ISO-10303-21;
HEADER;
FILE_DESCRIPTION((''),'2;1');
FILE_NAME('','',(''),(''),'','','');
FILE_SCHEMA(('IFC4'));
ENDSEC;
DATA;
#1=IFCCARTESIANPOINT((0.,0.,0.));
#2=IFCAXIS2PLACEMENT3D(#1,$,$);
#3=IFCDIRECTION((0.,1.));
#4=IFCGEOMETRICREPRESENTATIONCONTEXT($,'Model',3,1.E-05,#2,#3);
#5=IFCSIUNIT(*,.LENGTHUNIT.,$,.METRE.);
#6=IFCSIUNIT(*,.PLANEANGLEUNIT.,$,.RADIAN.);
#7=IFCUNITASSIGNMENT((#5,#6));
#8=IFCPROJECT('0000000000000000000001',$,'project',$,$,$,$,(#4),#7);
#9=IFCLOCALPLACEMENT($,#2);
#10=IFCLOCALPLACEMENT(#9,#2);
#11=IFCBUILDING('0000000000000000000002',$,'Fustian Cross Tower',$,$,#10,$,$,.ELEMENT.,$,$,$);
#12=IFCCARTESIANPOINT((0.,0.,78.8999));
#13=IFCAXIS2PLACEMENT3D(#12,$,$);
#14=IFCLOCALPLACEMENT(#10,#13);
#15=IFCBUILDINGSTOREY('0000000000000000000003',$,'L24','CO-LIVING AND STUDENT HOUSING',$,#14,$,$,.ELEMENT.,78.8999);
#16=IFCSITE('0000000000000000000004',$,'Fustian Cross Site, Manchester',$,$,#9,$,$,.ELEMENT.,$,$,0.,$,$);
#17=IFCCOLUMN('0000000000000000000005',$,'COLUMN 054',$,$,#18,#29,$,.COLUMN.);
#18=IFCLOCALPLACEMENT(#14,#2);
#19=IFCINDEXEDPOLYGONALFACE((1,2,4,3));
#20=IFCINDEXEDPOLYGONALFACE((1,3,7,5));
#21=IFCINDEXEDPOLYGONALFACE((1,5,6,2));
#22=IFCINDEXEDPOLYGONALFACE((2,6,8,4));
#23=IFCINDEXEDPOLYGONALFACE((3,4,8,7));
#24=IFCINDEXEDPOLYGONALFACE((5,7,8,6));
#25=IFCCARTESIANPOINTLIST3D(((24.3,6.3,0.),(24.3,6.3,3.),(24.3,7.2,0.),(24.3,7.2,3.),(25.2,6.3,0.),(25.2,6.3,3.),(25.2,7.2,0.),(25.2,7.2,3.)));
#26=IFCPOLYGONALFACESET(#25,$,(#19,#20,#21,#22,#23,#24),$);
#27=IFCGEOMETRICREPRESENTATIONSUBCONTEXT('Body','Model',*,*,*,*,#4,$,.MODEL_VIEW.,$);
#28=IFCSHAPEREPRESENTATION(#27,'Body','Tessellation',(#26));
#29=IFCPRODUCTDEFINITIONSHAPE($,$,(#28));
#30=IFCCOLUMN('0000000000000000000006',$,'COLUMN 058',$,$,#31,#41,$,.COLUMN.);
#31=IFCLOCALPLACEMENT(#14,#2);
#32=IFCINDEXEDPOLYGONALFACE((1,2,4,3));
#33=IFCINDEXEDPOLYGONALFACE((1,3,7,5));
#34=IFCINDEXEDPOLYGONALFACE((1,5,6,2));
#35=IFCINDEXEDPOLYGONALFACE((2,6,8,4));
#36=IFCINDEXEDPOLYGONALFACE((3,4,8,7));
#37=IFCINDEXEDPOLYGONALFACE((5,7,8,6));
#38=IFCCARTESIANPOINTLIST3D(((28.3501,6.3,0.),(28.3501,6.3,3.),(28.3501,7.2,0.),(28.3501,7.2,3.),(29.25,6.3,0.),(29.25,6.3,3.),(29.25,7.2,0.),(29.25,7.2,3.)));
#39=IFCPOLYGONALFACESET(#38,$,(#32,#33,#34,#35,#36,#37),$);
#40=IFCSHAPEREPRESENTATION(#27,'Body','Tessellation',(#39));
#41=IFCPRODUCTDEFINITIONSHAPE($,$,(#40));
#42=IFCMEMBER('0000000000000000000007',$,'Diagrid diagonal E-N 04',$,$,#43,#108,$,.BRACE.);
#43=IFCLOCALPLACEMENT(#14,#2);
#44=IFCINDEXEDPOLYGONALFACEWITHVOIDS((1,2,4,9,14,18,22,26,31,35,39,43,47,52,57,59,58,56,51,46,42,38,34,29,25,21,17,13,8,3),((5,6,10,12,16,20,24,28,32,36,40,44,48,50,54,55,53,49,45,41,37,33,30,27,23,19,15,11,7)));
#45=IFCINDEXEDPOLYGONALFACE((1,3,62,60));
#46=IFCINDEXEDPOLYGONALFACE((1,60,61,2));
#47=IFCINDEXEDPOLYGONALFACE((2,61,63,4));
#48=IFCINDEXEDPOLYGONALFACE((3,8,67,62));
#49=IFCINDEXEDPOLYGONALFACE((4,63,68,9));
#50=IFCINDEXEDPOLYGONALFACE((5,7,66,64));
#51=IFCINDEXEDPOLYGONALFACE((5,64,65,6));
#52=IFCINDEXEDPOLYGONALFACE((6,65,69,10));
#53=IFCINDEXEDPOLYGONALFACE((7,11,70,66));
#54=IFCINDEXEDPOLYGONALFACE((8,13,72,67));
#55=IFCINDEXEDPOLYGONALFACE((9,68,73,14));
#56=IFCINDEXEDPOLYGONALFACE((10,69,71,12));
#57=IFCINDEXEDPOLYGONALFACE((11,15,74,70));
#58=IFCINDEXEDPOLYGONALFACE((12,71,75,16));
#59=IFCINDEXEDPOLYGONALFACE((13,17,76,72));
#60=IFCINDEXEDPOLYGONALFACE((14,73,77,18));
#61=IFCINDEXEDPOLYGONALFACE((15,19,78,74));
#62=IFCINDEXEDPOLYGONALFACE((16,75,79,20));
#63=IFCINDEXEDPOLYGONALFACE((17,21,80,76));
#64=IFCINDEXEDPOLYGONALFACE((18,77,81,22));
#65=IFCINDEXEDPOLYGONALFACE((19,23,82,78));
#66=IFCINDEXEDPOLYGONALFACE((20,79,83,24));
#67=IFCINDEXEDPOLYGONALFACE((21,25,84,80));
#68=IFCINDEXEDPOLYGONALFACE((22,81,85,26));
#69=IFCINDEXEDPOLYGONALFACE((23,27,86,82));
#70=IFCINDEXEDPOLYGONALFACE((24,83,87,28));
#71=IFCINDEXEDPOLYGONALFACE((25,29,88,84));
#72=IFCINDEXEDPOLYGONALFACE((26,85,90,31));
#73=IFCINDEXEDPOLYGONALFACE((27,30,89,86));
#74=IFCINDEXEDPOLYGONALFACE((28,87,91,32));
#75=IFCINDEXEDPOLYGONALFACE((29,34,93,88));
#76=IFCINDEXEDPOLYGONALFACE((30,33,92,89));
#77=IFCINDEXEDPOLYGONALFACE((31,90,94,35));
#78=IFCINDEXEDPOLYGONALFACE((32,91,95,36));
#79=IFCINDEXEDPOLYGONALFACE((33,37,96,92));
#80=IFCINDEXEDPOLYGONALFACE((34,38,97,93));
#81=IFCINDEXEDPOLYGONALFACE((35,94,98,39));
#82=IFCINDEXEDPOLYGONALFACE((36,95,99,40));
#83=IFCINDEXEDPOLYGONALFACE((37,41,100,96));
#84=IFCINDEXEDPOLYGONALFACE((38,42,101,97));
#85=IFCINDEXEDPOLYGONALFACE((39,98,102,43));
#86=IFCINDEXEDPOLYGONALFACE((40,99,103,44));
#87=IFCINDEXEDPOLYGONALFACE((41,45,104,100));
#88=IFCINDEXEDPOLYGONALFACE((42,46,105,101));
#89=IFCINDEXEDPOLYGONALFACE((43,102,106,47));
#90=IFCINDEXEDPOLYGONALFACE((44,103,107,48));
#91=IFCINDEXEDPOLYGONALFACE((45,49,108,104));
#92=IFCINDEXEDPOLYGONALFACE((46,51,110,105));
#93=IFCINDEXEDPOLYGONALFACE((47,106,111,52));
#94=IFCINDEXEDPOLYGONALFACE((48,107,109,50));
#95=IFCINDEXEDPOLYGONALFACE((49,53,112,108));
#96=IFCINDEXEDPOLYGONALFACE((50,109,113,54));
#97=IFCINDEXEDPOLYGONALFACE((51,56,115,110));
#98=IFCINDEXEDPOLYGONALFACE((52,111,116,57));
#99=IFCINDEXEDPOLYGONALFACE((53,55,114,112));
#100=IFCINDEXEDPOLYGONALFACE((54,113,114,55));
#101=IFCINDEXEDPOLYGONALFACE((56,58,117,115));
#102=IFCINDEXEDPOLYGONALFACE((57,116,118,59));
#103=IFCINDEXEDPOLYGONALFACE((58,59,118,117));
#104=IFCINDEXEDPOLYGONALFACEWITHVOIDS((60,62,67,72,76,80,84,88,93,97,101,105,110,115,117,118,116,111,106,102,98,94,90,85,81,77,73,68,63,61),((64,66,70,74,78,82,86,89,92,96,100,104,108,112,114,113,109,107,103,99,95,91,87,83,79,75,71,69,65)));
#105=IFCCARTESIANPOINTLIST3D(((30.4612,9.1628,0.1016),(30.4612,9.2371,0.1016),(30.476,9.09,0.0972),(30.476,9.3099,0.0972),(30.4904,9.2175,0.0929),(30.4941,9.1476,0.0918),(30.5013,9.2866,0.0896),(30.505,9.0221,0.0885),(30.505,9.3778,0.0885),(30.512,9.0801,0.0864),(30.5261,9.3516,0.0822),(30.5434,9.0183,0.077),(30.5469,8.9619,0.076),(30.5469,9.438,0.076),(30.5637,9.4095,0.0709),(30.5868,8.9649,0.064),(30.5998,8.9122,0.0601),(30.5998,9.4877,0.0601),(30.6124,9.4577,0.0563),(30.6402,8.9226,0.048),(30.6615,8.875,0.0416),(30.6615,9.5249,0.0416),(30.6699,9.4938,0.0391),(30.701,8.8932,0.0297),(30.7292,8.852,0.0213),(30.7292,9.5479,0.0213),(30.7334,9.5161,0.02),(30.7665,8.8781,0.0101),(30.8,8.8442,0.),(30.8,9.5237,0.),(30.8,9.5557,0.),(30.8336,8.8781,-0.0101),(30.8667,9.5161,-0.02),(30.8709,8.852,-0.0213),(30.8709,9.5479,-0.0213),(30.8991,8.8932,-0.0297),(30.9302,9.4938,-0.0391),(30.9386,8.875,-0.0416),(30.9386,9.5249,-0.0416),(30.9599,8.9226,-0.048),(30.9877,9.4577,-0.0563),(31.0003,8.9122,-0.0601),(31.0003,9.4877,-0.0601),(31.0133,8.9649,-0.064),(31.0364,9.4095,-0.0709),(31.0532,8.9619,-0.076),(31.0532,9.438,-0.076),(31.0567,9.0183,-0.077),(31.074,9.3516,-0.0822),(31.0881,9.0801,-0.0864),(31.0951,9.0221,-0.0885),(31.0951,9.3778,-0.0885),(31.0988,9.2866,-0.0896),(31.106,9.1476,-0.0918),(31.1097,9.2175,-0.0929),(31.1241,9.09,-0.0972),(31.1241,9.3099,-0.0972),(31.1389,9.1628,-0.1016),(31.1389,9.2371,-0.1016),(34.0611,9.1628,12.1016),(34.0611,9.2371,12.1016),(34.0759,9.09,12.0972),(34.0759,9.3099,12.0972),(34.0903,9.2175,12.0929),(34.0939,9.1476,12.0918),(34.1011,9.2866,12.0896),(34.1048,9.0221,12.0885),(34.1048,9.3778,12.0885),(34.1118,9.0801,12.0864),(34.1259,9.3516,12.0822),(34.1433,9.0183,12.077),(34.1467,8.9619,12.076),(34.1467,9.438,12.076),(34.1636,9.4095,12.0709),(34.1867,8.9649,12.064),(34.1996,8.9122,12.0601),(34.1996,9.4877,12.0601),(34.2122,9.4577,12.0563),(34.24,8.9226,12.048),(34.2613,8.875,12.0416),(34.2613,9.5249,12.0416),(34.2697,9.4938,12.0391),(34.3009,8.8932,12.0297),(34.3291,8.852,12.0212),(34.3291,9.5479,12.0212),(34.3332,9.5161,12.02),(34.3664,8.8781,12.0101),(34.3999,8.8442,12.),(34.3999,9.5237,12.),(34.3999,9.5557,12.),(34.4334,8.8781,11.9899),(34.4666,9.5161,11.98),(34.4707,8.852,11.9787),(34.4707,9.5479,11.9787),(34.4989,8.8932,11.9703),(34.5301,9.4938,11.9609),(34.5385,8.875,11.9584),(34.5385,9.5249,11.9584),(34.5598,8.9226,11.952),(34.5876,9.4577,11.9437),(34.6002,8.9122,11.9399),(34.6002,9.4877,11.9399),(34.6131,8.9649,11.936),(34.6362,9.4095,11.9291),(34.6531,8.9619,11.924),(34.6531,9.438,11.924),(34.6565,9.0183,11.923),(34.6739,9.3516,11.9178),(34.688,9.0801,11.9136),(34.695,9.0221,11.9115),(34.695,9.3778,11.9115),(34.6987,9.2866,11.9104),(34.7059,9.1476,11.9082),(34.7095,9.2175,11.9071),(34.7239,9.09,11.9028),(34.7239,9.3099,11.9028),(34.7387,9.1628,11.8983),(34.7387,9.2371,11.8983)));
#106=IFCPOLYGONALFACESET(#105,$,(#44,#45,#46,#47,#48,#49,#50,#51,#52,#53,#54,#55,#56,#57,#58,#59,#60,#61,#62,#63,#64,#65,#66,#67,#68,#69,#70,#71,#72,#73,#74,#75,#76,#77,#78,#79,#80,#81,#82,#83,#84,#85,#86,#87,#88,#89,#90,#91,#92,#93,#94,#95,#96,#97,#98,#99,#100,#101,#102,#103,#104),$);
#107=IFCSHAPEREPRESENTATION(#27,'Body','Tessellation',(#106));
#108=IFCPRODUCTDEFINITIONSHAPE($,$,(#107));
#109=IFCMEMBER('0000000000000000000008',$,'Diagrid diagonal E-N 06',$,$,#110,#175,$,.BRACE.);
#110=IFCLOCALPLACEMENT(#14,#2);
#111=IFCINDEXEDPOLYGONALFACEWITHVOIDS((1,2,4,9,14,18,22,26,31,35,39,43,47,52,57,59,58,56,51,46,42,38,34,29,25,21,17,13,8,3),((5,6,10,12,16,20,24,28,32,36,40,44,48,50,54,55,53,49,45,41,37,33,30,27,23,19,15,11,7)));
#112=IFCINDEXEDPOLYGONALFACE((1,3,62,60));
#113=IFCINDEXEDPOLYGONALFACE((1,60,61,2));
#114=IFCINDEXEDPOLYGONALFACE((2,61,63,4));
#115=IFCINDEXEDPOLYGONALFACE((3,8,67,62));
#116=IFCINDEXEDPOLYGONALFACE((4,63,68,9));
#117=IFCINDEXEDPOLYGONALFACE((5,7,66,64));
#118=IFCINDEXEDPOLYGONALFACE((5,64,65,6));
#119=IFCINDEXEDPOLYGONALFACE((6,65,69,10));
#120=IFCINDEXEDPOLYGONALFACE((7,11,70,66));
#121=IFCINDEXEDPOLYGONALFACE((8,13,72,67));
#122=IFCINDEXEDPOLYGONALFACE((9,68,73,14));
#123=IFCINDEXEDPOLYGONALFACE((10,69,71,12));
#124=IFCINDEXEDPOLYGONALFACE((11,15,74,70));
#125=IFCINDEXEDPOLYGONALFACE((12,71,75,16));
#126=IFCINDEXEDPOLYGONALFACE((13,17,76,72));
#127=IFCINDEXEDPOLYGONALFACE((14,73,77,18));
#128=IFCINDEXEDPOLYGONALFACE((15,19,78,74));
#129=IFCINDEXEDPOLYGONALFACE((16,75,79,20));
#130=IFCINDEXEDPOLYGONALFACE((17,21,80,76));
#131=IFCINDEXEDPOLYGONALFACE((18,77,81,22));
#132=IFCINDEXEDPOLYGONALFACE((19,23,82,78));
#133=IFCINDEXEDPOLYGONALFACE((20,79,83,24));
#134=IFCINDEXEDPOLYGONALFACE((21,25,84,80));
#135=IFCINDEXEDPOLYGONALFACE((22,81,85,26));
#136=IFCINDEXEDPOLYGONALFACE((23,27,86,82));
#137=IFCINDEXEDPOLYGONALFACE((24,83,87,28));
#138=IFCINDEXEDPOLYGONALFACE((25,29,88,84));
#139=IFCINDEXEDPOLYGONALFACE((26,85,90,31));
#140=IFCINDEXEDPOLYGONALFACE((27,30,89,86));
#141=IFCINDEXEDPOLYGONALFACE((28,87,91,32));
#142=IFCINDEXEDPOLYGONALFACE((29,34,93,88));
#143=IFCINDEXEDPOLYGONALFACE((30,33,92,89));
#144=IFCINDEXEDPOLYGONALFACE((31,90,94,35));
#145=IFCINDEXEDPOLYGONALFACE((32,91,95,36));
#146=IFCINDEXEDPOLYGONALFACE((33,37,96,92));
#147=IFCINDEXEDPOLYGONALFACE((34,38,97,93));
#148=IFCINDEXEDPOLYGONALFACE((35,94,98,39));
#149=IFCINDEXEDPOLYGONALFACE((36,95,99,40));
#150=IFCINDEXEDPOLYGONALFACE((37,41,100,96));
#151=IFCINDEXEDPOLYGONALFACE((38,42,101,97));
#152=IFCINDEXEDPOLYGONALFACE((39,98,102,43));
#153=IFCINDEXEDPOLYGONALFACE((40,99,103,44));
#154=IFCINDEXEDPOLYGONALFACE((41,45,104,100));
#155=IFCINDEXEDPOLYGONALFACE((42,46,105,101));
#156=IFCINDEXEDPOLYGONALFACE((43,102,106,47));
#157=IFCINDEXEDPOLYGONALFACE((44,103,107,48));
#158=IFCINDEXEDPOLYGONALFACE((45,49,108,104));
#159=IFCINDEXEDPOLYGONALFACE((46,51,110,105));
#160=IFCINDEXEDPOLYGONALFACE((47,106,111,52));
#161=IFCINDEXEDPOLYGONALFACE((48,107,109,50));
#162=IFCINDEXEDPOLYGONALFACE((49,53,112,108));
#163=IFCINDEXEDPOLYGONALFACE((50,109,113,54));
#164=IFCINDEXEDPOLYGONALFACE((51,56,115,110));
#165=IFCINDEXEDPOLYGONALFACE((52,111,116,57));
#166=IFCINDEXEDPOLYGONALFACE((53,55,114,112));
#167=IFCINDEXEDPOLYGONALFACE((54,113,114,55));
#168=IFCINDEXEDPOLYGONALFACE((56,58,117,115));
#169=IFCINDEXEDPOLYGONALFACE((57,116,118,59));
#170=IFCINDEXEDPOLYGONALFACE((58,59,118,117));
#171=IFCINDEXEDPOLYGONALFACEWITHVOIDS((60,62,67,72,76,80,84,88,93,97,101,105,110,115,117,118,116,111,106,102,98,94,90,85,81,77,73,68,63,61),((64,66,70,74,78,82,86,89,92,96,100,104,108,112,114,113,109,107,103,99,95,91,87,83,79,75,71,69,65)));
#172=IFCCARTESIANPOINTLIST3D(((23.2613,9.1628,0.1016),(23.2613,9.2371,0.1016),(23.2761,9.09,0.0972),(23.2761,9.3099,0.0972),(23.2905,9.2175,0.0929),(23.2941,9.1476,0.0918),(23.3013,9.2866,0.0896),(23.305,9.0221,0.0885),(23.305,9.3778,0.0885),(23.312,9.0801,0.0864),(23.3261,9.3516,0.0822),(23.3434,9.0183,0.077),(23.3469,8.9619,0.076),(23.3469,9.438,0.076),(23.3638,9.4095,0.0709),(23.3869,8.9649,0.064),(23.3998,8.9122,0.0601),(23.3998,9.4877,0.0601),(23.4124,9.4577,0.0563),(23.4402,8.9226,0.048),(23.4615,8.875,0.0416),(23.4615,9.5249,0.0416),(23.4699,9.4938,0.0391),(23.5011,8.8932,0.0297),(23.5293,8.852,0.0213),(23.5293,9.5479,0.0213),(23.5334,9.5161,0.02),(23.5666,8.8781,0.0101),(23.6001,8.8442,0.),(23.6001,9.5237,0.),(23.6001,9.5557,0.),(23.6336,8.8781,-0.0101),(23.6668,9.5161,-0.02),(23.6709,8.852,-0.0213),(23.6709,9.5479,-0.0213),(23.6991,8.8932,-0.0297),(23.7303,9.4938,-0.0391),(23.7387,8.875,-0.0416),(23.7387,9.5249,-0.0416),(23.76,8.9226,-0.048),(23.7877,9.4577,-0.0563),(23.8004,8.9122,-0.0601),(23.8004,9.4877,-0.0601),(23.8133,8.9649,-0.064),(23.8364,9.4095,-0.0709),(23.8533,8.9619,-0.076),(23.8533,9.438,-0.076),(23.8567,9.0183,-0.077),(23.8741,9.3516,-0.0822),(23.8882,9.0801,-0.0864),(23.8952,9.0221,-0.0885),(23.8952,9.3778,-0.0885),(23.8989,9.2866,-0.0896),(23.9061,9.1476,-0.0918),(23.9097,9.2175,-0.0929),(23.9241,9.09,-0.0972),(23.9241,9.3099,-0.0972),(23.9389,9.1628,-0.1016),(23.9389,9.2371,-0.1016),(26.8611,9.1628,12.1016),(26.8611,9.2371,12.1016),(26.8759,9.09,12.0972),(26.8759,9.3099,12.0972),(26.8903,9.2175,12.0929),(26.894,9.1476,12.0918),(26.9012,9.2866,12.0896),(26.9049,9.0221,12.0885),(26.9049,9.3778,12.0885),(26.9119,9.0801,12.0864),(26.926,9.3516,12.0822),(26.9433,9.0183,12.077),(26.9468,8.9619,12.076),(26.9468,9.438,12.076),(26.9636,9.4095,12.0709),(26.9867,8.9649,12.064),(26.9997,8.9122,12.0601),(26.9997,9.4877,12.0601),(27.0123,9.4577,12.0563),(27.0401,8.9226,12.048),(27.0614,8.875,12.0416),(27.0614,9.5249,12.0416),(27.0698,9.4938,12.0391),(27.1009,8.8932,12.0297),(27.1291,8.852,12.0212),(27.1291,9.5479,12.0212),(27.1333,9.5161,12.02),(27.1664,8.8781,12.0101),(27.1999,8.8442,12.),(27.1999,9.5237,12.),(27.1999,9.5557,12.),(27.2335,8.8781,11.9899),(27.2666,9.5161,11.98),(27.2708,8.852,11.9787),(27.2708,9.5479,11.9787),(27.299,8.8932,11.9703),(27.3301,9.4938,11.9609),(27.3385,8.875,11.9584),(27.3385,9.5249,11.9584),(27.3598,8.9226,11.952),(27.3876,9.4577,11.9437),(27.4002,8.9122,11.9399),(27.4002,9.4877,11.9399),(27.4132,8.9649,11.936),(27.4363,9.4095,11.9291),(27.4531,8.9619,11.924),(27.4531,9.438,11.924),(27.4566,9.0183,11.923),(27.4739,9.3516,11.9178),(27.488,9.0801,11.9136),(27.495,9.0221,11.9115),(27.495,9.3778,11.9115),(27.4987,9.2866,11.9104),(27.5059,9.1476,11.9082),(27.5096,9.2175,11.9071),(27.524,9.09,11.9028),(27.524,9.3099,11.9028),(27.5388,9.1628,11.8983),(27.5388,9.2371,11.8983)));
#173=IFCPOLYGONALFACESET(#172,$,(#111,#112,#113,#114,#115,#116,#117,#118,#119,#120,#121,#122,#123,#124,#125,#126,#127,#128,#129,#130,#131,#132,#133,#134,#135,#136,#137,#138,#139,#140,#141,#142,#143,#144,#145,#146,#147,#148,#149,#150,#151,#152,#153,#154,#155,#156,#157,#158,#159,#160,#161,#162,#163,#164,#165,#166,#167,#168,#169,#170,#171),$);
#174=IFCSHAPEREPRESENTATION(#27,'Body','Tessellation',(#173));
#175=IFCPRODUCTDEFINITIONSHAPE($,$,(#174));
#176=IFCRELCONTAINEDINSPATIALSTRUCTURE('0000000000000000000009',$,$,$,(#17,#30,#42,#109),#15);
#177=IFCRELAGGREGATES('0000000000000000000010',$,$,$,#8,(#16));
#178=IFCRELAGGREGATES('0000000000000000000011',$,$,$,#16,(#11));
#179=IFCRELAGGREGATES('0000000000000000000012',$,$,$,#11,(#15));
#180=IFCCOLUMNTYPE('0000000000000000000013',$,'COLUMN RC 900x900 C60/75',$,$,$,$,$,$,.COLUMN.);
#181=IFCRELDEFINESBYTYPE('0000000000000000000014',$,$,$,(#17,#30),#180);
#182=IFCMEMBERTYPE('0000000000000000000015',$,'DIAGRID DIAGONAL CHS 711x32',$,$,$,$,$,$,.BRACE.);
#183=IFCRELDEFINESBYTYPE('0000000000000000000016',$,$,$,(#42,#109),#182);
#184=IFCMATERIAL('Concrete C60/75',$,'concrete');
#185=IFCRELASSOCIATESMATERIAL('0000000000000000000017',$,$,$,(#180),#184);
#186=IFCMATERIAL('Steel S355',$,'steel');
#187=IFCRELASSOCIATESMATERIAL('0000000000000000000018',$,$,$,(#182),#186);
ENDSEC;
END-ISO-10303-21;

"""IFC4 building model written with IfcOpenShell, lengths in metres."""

from ifc_helpers import new_model, si_unit, direction, frame, origin, origin_2d, place, context, subcontext, project, spatial, rectangle, hollow_circle, extrude, material, material_profile, profile_set, type_object, element, save


model = new_model("IFC4")

# Units and contexts
model_context = context("Model", 3, precision=1e-05, world=origin(), true_north=direction((0.0, 1.0)))
body_context = subcontext(model_context, "Body", "Model", "MODEL_VIEW")
ifc_project = project(units=[si_unit("LENGTHUNIT", "METRE"), si_unit("PLANEANGLEUNIT", "RADIAN")], contexts=[model_context])

# Site, building, storey
site_placement = place(None, origin())
site = spatial("IfcSite", under=ifc_project, at=site_placement, Name="Fustian Cross Site, Manchester", CompositionType="ELEMENT", RefElevation=0.0)
building_placement = place(site_placement, origin())
building = spatial("IfcBuilding", under=site, at=building_placement, Name="Fustian Cross Tower", CompositionType="ELEMENT")
storey_placement = place(building_placement, frame((0.0, 0.0, 78.8999)))
storey = spatial("IfcBuildingStorey", under=building, at=storey_placement, Name="L24", Description="CO-LIVING AND STUDENT HOUSING", CompositionType="ELEMENT", Elevation=78.8999)

# Columns
ifc_material_1 = material(Name="Concrete C60/75", Category="concrete")
ifc_material_profile_1 = material_profile(ifc_material_1, rectangle(XDim=0.8999, YDim=0.8999, at=origin_2d()), Name="RC 900x900")
ifc_profile_set_1 = profile_set([ifc_material_profile_1], Name="Concrete C60/75")
column_type = type_object("IfcColumnType", Name="COLUMN RC 900x900 C60/75", PredefinedType="COLUMN", material=ifc_profile_set_1)
for number, where, z_axis, x_axis, name in (
    (1, (24.75, 6.75, 0.0), (0.0, 0.0, 1.0), (1.0, 0.0, 0.0), "COLUMN 054"),
    (2, (28.8, 6.75, 0.0), (0.0, 0.0, 1.0), (1.0, 0.0, 0.0), "COLUMN 058"),
):
    element("IfcColumn", number, at=place(storey_placement, frame(where, z_axis=z_axis, x_axis=x_axis)), inside=storey, type_object=column_type, Name=name, PredefinedType="COLUMN", context=body_context, shape_type="SweptSolid", body=[
        extrude(rectangle(XDim=0.8999, YDim=0.8999, at=origin_2d()), origin(), (0.0, 0.0, 1.0), 3.0),
    ])

# Members
ifc_material_2 = material(Name="Steel S355", Category="steel")
ifc_material_profile_2 = material_profile(ifc_material_2, hollow_circle(Radius=0.3557, WallThickness=0.032, at=origin_2d()), Name="CHS 711x32")
ifc_profile_set_2 = profile_set([ifc_material_profile_2], Name="Steel S355")
member_type = type_object("IfcMemberType", Name="DIAGRID DIAGONAL CHS 711x32", PredefinedType="BRACE", material=ifc_profile_set_2)
for number, where, z_axis, x_axis, name in (
    (3, (30.8, 9.2, 0.0), (0.287337, 0.0, 0.95783), (0.0, 1.0, 0.0), "Diagrid diagonal E-N 04"),
    (4, (23.6001, 9.2, 0.0), (0.287337, 0.0, 0.95783), (0.0, 1.0, 0.0), "Diagrid diagonal E-N 06"),
):
    element("IfcMember", number, at=place(storey_placement, frame(where, z_axis=z_axis, x_axis=x_axis)), inside=storey, type_object=member_type, Name=name, PredefinedType="BRACE", context=body_context, shape_type="SweptSolid", body=[
        extrude(hollow_circle(Radius=0.3557, WallThickness=0.032, at=origin_2d()), origin(), (0.0, 0.0, 1.0), 12.5283),
    ])

save(model, "model.ifc")
